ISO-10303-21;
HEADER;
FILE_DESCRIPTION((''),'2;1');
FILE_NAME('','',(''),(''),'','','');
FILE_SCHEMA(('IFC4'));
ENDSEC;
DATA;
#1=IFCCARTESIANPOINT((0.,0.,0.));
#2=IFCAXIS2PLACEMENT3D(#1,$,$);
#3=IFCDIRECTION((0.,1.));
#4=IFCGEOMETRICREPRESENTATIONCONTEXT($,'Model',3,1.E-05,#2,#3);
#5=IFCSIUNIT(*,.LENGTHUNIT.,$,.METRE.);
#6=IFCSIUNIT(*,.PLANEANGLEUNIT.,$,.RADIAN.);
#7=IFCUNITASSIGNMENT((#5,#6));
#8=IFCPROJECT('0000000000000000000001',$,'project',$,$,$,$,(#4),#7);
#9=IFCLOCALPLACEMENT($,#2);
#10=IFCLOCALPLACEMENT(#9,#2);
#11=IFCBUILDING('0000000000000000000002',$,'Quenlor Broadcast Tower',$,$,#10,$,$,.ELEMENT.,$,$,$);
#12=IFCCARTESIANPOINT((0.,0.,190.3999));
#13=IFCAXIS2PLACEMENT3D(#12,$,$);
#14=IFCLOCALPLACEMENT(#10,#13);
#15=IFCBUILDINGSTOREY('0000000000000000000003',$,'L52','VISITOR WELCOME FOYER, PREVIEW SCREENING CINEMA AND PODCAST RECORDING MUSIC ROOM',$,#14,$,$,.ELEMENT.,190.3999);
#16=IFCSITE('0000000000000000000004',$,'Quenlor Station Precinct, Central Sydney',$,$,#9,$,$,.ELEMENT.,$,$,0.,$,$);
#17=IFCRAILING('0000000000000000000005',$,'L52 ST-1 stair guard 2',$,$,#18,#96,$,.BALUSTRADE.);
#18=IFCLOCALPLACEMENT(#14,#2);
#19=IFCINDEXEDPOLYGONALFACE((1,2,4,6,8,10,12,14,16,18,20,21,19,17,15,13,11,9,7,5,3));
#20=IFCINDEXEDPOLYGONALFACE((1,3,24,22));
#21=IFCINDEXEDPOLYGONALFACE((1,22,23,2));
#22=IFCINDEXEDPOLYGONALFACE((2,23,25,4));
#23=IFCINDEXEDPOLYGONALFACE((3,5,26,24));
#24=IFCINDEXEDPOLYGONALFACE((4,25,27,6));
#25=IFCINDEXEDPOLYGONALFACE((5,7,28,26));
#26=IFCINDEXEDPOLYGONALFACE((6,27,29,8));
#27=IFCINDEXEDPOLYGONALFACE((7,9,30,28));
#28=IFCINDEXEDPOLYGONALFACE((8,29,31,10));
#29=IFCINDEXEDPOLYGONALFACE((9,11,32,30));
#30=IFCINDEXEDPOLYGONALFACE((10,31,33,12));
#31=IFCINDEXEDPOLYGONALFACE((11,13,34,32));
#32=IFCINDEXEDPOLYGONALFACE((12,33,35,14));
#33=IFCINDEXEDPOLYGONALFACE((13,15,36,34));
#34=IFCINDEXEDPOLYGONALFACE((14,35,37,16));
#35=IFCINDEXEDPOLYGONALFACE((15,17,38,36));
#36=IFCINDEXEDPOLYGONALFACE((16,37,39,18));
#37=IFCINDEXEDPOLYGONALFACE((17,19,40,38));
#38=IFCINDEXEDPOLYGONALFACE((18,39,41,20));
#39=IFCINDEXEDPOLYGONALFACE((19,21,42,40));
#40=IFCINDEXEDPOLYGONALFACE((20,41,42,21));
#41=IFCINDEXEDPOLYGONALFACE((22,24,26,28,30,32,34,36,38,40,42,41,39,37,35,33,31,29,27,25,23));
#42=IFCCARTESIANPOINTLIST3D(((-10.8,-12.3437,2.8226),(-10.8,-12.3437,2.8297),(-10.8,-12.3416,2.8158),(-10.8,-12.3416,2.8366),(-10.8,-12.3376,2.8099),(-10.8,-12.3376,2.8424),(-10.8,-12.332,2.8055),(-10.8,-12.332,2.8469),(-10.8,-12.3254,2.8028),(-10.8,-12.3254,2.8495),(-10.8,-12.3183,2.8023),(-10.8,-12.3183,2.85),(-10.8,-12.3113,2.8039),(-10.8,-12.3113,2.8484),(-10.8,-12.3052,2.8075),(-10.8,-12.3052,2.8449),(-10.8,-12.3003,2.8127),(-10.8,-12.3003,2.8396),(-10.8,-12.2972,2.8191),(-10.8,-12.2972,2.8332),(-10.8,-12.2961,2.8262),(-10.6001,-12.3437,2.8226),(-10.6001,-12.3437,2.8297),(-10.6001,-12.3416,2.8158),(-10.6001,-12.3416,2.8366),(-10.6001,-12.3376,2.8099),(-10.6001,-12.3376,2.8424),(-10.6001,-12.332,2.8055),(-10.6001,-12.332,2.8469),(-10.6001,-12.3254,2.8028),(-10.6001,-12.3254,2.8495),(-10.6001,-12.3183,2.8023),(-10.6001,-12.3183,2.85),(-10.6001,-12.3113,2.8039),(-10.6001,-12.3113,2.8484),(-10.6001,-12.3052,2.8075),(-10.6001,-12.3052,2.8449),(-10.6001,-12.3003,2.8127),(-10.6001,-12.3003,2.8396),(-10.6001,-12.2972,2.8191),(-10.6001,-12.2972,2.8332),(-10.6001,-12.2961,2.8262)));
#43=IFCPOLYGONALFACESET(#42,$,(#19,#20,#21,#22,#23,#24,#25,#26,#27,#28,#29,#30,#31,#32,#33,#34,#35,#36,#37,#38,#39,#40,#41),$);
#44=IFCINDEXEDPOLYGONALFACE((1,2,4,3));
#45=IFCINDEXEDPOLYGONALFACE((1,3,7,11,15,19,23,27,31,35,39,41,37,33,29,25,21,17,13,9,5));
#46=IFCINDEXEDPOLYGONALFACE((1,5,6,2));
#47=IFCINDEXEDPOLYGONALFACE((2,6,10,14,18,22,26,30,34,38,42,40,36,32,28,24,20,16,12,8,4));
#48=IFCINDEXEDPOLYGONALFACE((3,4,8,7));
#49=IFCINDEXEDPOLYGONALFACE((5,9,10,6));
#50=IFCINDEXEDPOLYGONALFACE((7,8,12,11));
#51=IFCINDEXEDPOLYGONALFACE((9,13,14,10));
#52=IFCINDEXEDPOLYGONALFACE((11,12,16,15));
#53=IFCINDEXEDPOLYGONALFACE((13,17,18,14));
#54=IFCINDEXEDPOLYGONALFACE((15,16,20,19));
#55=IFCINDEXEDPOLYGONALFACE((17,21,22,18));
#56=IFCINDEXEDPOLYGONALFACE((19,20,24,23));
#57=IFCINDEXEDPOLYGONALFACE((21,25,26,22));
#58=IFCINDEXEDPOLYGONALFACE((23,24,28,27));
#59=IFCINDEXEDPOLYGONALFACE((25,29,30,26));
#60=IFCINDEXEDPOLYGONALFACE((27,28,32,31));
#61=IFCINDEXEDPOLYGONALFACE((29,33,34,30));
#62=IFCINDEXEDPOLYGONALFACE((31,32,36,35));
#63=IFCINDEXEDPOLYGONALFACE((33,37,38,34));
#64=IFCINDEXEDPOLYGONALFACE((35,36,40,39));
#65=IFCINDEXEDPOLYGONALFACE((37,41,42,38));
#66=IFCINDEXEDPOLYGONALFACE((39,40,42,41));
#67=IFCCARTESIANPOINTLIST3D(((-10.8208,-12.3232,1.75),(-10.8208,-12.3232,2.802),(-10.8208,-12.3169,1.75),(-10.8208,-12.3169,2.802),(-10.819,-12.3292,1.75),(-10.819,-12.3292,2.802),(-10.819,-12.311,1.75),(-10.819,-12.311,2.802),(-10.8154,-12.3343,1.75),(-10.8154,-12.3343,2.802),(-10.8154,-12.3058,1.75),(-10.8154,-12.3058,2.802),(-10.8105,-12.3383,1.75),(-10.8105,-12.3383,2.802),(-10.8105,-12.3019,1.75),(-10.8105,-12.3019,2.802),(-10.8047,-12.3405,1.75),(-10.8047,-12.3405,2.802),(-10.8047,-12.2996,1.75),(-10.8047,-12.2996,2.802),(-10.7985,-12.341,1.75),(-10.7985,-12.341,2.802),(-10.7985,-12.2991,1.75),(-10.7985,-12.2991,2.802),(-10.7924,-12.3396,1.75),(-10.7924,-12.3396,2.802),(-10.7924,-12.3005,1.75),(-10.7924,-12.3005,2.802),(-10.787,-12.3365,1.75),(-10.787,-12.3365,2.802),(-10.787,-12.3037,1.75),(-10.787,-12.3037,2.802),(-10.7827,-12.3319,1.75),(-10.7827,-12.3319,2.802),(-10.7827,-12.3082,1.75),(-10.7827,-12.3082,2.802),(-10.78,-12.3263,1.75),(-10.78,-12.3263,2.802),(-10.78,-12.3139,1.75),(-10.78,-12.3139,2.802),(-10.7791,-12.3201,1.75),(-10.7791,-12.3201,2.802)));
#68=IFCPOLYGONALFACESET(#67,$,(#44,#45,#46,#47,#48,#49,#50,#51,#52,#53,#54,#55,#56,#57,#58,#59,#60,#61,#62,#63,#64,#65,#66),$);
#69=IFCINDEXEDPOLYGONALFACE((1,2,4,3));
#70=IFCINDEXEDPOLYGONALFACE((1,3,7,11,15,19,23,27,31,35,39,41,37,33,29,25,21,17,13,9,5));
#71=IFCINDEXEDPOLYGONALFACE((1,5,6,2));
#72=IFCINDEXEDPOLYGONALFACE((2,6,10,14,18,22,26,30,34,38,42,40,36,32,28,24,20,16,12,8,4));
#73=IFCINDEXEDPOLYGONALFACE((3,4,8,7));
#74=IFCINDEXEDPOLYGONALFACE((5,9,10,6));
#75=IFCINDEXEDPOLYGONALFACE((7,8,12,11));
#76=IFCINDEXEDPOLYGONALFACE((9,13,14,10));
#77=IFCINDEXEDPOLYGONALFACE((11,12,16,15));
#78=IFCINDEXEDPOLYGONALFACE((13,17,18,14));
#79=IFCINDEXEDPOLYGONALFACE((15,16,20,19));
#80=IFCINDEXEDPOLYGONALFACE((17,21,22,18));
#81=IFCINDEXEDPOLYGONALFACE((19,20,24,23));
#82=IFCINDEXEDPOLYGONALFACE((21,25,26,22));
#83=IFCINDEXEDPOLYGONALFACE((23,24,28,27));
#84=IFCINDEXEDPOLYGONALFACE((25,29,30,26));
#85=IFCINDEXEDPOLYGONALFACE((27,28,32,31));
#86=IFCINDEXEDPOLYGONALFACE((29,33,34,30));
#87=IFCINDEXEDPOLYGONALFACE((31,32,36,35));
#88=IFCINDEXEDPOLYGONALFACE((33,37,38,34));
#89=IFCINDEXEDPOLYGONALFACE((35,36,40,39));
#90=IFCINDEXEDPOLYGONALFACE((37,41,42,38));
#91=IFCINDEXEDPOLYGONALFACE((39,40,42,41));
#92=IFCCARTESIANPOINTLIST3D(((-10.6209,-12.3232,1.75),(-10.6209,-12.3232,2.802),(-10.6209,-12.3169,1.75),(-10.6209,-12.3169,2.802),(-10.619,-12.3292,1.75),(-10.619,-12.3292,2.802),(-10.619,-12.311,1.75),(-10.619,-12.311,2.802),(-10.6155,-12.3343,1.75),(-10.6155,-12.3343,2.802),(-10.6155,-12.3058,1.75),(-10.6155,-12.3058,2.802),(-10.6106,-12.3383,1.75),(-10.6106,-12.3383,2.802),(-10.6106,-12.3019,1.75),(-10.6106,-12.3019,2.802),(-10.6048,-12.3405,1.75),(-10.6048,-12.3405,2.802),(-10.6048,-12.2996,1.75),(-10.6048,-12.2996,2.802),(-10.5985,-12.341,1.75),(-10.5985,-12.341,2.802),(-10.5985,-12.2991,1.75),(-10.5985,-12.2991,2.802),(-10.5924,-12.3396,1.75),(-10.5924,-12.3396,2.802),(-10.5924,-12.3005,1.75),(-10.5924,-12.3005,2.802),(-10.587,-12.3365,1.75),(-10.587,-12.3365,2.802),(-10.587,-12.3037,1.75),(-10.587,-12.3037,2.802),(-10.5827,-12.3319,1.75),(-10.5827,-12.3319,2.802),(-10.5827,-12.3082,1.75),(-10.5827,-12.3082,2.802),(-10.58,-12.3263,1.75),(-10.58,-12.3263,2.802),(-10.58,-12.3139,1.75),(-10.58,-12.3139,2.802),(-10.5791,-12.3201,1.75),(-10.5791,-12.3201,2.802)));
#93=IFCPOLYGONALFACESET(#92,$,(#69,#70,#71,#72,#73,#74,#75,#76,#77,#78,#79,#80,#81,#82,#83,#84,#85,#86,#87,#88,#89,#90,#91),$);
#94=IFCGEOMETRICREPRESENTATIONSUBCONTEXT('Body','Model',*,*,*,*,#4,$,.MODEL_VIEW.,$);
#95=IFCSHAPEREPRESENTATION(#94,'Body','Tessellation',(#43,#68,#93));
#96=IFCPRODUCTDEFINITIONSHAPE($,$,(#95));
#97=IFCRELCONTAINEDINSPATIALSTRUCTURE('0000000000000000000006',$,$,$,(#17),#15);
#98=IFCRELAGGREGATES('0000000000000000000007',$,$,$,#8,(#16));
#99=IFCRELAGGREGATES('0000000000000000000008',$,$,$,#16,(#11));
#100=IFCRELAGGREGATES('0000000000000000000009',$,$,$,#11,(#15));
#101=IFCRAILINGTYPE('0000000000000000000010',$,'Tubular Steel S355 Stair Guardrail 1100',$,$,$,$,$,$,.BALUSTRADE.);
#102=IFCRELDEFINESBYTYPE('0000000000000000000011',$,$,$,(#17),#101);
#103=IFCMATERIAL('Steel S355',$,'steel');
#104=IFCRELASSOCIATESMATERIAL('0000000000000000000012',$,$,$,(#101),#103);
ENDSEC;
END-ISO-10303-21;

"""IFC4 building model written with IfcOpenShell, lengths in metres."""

from ifc_helpers import new_model, si_unit, direction, frame, origin, origin_2d, place, context, subcontext, project, spatial, circle, extrude, material, type_object, element, save


model = new_model("IFC4")

# Units and contexts
model_context = context("Model", 3, precision=1e-05, world=origin(), true_north=direction((0.0, 1.0)))
body_context = subcontext(model_context, "Body", "Model", "MODEL_VIEW")
ifc_project = project(units=[si_unit("LENGTHUNIT", "METRE"), si_unit("PLANEANGLEUNIT", "RADIAN")], contexts=[model_context])

# Site, building, storey
site_placement = place(None, origin())
site = spatial("IfcSite", under=ifc_project, at=site_placement, Name="Quenlor Station Precinct, Central Sydney", CompositionType="ELEMENT", RefElevation=0.0)
building_placement = place(site_placement, origin())
building = spatial("IfcBuilding", under=site, at=building_placement, Name="Quenlor Broadcast Tower", CompositionType="ELEMENT")
storey_placement = place(building_placement, frame((0.0, 0.0, 190.3999)))
storey = spatial("IfcBuildingStorey", under=building, at=storey_placement, Name="L52", Description="VISITOR WELCOME FOYER, PREVIEW SCREENING CINEMA AND PODCAST RECORDING MUSIC ROOM", CompositionType="ELEMENT", Elevation=190.3999)

# Railing
ifc_material_1 = material(Name="Steel S355", Category="steel")
railing_type_1 = type_object("IfcRailingType", Name="Tubular Steel S355 Stair Guardrail 1100", PredefinedType="BALUSTRADE", material=ifc_material_1)
railing_1_placement = place(storey_placement, frame((-10.8, -12.3201, 1.75)))
element("IfcRailing", 1, at=railing_1_placement, inside=storey, type_object=railing_type_1, Name="L52 ST-1 stair guard 2", PredefinedType="BALUSTRADE", context=body_context, shape_type="SweptSolid", body=[
    extrude(circle(Radius=0.0239, at=origin_2d()), frame((0.0, 0.0, 1.0762), z_axis=(1.0, 0.0, 0.0), x_axis=(0.0, 1.0, 0.0)), (0.0, 0.0, 1.0), 0.2),
    extrude(circle(Radius=0.021, at=origin_2d()), origin(), (0.0, 0.0, 1.0), 1.052),
    extrude(circle(Radius=0.021, at=origin_2d()), frame((0.2, 0.0, 0.0)), (0.0, 0.0, 1.0), 1.052),
])

save(model, "model.ifc")
